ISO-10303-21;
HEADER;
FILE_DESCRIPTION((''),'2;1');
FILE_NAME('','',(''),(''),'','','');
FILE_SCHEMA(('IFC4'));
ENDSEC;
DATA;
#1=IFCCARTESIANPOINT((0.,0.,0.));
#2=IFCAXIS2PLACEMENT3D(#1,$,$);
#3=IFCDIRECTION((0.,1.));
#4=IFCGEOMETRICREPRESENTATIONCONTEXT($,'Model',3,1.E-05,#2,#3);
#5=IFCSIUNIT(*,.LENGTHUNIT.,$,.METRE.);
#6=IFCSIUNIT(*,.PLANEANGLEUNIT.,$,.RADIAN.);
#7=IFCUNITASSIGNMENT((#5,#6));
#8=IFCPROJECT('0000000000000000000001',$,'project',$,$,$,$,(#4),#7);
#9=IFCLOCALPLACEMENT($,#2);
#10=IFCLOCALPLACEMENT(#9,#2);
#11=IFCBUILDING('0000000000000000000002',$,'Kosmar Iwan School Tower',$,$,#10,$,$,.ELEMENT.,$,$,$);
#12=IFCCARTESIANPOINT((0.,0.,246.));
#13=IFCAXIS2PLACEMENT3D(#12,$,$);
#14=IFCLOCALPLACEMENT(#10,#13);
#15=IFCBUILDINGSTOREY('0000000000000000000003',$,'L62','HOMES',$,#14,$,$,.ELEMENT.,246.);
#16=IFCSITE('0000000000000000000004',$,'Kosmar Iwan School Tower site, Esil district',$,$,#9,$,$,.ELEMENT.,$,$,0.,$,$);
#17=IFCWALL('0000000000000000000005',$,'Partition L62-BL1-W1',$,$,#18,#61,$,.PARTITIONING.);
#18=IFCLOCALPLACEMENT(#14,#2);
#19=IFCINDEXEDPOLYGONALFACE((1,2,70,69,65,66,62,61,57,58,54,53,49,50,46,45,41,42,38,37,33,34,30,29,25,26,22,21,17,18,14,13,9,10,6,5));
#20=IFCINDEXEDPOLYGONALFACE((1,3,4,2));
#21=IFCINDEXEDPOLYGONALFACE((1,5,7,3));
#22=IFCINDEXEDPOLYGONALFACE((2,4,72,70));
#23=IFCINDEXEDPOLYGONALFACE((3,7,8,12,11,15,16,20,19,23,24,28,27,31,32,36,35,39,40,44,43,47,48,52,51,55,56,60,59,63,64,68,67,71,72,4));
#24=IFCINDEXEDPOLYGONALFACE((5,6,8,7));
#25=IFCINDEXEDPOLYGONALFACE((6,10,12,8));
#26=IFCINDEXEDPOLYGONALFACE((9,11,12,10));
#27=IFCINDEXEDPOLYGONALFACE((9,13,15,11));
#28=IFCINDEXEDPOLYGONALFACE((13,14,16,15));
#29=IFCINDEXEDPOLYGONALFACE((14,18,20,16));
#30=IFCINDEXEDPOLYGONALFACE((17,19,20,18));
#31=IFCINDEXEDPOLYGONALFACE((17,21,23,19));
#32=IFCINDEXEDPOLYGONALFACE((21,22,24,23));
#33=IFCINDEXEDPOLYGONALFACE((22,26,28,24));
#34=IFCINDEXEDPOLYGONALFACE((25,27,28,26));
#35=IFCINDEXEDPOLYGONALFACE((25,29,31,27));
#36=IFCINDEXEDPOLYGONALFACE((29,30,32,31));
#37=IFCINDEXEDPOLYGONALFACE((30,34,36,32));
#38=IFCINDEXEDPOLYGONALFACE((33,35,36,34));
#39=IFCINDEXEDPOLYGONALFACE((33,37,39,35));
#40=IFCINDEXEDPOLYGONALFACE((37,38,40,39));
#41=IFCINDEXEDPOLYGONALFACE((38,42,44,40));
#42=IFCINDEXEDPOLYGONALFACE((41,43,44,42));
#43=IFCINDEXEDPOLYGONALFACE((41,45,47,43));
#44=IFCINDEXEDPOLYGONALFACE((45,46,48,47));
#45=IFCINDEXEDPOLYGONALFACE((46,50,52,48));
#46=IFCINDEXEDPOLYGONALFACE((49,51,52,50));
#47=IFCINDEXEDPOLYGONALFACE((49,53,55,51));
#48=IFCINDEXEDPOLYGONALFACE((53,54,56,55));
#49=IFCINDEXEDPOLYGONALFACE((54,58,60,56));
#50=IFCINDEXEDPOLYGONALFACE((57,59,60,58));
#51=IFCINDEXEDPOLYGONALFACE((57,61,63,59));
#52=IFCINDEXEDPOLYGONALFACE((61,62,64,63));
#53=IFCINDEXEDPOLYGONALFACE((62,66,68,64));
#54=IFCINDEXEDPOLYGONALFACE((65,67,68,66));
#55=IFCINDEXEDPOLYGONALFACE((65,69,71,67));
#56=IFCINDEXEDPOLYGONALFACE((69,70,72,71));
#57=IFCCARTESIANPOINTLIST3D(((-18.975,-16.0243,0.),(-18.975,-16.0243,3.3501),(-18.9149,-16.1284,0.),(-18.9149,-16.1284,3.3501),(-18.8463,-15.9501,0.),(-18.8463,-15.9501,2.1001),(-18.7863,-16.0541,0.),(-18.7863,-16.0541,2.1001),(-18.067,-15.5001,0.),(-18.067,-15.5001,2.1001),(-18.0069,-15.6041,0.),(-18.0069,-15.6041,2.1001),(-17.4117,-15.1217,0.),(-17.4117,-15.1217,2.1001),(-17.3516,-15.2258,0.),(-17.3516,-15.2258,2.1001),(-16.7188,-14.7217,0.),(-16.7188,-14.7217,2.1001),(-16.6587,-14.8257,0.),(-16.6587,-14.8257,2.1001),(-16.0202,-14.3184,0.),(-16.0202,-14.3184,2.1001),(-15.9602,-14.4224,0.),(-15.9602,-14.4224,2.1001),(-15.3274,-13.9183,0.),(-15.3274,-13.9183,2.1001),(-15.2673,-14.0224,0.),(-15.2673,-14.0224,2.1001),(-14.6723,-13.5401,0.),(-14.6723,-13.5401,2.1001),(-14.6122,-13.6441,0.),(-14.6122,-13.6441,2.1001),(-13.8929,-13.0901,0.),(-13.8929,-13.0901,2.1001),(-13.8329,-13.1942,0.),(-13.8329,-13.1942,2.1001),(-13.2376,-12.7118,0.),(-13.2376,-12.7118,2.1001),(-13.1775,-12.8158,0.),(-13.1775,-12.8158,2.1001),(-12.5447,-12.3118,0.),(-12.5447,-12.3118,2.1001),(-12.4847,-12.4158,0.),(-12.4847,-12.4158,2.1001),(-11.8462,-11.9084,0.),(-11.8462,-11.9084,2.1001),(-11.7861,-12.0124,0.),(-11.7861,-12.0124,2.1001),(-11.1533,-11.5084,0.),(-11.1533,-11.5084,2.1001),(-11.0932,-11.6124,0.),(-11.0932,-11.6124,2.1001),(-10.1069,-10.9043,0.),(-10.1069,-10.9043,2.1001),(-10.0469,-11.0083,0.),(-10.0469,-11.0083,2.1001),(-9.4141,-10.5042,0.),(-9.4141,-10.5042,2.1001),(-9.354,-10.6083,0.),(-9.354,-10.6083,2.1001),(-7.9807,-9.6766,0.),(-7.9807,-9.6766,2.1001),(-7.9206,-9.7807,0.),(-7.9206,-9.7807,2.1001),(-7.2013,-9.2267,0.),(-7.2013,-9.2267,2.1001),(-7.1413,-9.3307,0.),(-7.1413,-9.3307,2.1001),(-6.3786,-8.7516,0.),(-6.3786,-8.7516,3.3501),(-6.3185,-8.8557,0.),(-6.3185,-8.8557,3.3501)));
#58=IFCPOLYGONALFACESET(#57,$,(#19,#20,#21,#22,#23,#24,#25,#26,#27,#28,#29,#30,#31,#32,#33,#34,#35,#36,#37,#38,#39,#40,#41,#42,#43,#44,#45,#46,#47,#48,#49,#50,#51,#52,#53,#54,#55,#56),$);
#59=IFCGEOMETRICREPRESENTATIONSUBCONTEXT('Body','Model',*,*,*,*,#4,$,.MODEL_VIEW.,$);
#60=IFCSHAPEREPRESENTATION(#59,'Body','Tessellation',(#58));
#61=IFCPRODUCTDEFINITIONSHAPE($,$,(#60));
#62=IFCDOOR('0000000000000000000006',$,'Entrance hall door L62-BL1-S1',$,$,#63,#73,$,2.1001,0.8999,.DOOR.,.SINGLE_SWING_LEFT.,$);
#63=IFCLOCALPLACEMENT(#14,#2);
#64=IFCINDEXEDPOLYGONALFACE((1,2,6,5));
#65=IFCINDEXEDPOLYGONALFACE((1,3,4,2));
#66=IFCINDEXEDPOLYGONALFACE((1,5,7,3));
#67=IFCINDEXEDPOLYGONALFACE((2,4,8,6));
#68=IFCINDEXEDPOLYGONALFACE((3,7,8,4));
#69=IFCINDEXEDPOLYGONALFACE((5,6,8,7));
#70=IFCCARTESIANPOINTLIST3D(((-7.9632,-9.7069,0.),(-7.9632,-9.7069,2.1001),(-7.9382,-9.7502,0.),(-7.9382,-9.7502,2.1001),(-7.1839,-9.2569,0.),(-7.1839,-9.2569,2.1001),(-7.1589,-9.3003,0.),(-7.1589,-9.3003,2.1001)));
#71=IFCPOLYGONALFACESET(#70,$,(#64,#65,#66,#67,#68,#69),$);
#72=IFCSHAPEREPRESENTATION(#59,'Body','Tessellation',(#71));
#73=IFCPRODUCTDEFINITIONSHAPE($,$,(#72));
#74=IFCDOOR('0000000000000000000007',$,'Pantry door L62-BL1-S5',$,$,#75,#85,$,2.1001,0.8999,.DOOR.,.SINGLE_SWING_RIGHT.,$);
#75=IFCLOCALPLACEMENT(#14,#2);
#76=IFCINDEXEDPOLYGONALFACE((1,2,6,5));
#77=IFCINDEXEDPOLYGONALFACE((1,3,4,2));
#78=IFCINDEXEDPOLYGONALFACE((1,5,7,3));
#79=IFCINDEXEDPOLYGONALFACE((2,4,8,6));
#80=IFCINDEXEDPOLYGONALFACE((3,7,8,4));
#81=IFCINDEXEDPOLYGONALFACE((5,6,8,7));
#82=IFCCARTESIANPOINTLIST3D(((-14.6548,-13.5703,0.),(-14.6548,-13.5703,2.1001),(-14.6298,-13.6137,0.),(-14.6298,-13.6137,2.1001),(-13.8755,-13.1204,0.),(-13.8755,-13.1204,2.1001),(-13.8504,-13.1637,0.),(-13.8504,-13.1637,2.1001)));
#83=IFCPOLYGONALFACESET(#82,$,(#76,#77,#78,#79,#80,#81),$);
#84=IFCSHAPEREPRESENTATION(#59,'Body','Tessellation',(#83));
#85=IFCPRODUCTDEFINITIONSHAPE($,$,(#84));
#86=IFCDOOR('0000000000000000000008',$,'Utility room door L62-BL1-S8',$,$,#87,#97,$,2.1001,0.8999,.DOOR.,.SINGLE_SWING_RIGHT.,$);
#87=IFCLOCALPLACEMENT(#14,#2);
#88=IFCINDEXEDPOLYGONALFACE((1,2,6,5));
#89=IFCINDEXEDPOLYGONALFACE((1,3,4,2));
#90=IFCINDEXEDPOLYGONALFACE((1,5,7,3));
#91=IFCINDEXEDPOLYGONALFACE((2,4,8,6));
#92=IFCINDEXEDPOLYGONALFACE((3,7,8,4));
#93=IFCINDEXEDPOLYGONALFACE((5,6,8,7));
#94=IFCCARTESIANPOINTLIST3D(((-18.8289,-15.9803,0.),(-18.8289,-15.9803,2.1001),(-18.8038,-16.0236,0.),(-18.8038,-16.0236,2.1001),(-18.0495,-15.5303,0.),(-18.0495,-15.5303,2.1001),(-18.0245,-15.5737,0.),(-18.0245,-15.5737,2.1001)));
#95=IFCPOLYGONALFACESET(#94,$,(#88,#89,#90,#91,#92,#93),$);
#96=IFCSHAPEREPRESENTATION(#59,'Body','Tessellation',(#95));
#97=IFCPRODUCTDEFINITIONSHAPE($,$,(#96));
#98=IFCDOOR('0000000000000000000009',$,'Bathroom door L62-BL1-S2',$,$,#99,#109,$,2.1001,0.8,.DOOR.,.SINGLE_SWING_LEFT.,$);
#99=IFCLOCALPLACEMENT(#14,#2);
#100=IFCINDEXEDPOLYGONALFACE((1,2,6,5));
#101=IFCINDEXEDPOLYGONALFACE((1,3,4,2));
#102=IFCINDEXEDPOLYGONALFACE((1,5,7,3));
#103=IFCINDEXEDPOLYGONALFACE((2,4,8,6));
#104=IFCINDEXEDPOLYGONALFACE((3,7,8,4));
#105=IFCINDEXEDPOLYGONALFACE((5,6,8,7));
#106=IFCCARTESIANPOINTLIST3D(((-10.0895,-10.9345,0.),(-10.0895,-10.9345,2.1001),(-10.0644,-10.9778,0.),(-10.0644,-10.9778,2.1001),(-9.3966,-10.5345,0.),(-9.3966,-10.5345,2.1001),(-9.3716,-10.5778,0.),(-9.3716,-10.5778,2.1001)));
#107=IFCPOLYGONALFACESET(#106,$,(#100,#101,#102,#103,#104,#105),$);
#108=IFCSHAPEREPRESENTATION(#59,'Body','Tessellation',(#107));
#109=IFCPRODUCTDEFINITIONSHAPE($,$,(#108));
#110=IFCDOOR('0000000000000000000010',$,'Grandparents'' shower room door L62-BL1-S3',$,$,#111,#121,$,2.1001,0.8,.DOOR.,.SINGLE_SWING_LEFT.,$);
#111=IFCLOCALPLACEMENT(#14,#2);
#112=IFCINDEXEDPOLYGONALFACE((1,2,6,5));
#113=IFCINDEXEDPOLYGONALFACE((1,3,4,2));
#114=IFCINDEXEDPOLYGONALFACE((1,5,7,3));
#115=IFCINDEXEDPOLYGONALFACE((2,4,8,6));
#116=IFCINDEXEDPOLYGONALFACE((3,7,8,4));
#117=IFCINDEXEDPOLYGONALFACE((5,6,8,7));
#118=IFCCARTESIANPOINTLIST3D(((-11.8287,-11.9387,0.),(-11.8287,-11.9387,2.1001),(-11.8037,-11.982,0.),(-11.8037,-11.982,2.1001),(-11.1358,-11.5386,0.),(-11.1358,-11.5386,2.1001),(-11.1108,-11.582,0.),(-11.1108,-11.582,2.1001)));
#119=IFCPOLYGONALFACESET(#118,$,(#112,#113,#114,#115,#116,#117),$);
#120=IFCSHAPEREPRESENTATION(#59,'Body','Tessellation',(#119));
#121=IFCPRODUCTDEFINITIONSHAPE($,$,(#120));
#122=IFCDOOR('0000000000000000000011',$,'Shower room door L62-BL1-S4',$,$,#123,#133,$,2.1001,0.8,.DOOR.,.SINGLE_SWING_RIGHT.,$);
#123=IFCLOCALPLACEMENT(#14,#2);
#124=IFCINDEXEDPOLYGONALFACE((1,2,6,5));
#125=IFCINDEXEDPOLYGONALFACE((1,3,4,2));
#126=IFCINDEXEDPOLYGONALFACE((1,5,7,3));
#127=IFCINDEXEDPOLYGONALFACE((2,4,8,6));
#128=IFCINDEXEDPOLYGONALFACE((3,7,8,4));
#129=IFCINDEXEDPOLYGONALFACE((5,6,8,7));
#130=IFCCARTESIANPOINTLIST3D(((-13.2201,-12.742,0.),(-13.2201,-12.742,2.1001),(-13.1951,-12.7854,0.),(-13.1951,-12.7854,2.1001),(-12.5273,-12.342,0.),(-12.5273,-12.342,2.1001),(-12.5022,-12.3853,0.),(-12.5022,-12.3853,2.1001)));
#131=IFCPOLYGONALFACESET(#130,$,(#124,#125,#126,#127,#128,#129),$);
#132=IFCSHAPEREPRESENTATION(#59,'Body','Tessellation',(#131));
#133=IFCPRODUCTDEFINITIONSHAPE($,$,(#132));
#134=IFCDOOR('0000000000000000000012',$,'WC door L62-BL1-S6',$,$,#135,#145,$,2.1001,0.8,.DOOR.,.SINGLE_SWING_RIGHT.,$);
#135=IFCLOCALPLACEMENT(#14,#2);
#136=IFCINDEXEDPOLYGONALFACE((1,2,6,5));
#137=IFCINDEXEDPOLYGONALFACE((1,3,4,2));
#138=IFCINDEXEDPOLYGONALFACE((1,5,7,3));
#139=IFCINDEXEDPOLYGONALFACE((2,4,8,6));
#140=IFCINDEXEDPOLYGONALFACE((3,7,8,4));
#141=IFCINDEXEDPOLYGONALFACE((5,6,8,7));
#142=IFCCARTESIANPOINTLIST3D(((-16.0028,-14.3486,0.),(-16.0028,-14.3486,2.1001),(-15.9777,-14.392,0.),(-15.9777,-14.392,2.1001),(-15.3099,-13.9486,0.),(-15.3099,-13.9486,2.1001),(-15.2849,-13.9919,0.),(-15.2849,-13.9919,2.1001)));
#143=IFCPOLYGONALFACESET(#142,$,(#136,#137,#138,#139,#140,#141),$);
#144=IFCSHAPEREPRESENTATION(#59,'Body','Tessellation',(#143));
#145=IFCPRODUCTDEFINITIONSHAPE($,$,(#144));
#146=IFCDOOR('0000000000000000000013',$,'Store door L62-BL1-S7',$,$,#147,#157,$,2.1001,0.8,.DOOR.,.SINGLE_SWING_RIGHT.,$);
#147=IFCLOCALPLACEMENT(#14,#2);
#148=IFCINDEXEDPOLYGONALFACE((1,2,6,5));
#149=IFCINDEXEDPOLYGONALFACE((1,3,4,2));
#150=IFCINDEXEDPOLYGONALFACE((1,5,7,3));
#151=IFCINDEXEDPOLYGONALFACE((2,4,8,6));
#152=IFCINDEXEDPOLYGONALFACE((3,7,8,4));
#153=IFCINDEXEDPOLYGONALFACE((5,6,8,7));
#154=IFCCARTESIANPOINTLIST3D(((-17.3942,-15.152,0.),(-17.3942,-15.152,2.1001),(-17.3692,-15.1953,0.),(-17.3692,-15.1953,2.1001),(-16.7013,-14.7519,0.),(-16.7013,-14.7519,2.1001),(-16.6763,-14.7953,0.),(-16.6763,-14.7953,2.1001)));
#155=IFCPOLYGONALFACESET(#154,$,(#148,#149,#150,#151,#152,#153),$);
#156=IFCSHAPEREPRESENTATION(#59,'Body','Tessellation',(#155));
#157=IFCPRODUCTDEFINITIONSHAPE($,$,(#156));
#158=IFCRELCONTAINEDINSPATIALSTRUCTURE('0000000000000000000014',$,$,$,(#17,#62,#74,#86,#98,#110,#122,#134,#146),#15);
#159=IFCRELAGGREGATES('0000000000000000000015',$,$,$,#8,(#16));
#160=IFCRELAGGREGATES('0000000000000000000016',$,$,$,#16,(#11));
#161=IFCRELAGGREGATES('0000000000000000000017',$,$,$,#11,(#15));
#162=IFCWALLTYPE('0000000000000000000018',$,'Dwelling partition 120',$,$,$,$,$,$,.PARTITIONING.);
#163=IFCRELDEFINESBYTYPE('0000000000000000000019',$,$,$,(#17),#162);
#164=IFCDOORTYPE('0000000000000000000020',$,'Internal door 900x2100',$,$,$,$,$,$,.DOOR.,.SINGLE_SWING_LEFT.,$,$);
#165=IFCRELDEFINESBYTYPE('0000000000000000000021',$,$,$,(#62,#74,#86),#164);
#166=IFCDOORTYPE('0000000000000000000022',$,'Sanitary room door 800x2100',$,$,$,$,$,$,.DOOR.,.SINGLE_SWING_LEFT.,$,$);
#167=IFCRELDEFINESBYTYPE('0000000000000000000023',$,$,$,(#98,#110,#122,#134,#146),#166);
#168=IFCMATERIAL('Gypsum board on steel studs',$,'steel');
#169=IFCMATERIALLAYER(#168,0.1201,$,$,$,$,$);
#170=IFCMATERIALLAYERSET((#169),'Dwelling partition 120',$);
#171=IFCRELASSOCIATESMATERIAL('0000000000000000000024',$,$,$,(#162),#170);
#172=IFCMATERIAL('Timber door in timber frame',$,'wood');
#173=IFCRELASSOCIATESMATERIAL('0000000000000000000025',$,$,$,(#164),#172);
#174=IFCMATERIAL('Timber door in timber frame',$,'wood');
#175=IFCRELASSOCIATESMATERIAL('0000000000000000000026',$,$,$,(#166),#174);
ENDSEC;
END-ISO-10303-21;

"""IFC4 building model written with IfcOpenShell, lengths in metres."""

from ifc_helpers import new_model, si_unit, direction, frame, frame_2d, origin, place, context, subcontext, project, spatial, rectangle, extrude, material, layer, layer_set, type_object, element, fill, save


model = new_model("IFC4")

# Units and contexts
model_context = context("Model", 3, precision=1e-05, world=origin(), true_north=direction((0.0, 1.0)))
body_context = subcontext(model_context, "Body", "Model", "MODEL_VIEW")
ifc_project = project(units=[si_unit("LENGTHUNIT", "METRE"), si_unit("PLANEANGLEUNIT", "RADIAN")], contexts=[model_context])

# Site, building, storey
site_placement = place(None, origin())
site = spatial("IfcSite", under=ifc_project, at=site_placement, Name="Kosmar Iwan School Tower site, Esil district", CompositionType="ELEMENT", RefElevation=0.0)
building_placement = place(site_placement, origin())
building = spatial("IfcBuilding", under=site, at=building_placement, Name="Kosmar Iwan School Tower", CompositionType="ELEMENT")
storey_placement = place(building_placement, frame((0.0, 0.0, 246.0)))
storey = spatial("IfcBuildingStorey", under=building, at=storey_placement, Name="L62", Description="HOMES", CompositionType="ELEMENT", Elevation=246.0)

# Wall, openings, doors
ifc_material_1 = material(Name="Gypsum board on steel studs", Category="steel")
ifc_layer_1 = layer(ifc_material_1, 0.1201)
ifc_layer_set_1 = layer_set([ifc_layer_1], Name="Dwelling partition 120")
wall_type_1 = type_object("IfcWallType", Name="Dwelling partition 120", PredefinedType="PARTITIONING", material=ifc_layer_set_1)
wall_1_placement = place(storey_placement, frame((-6.3486, -8.8037, 0.0), z_axis=(0.0, 0.0, 1.0), x_axis=(-0.866021, -0.500008, 0.0)))
wall_1 = element("IfcWall", 1, at=wall_1_placement, inside=storey, type_object=wall_type_1, Name="Partition L62-BL1-W1", PredefinedType="PARTITIONING", context=body_context, shape_type="SweptSolid", body=[
    extrude(rectangle(XDim=14.5452, YDim=0.1201, at=frame_2d((7.2725, 0.0))), origin(), (0.0, 0.0, 1.0), 3.3501),
])
opening_1_placement = place(wall_1_placement, frame((0.95, 0.0, 0.0)))
opening_1 = element("IfcOpeningElement", 2, at=opening_1_placement, cuts=wall_1, PredefinedType="OPENING", context=body_context, shape_type="SweptSolid", body=[
    extrude(rectangle(XDim=0.8999, YDim=2.1001, at=frame_2d((0.45, 1.05))), frame((0.0, 0.072, 0.0), z_axis=(0.0, -1.0, 0.0), x_axis=(1.0, 0.0, 0.0)), (0.0, 0.0, 1.0), 0.144),
])
opening_2_placement = place(wall_1_placement, frame((3.5051, 0.0, 0.0)))
opening_2 = element("IfcOpeningElement", 3, at=opening_2_placement, cuts=wall_1, PredefinedType="OPENING", context=body_context, shape_type="SweptSolid", body=[
    extrude(rectangle(XDim=0.8, YDim=2.1001, at=frame_2d((0.3999, 1.05))), frame((0.0, 0.072, 0.0), z_axis=(0.0, -1.0, 0.0), x_axis=(1.0, 0.0, 0.0)), (0.0, 0.0, 1.0), 0.144),
])
opening_3_placement = place(wall_1_placement, frame((5.5134, 0.0, 0.0)))
opening_3 = element("IfcOpeningElement", 4, at=opening_3_placement, cuts=wall_1, PredefinedType="OPENING", context=body_context, shape_type="SweptSolid", body=[
    extrude(rectangle(XDim=0.8, YDim=2.1001, at=frame_2d((0.3999, 1.05))), frame((0.0, 0.072, 0.0), z_axis=(0.0, -1.0, 0.0), x_axis=(1.0, 0.0, 0.0)), (0.0, 0.0, 1.0), 0.144),
])
opening_4_placement = place(wall_1_placement, frame((7.1201, 0.0, 0.0)))
opening_4 = element("IfcOpeningElement", 5, at=opening_4_placement, cuts=wall_1, PredefinedType="OPENING", context=body_context, shape_type="SweptSolid", body=[
    extrude(rectangle(XDim=0.8, YDim=2.1001, at=frame_2d((0.3999, 1.05))), frame((0.0, 0.072, 0.0), z_axis=(0.0, -1.0, 0.0), x_axis=(1.0, 0.0, 0.0)), (0.0, 0.0, 1.0), 0.144),
])
opening_5_placement = place(wall_1_placement, frame((8.6768, 0.0, 0.0)))
opening_5 = element("IfcOpeningElement", 6, at=opening_5_placement, cuts=wall_1, PredefinedType="OPENING", context=body_context, shape_type="SweptSolid", body=[
    extrude(rectangle(XDim=0.8999, YDim=2.1001, at=frame_2d((0.45, 1.05))), frame((0.0, 0.072, 0.0), z_axis=(0.0, -1.0, 0.0), x_axis=(1.0, 0.0, 0.0)), (0.0, 0.0, 1.0), 0.144),
])
opening_6_placement = place(wall_1_placement, frame((10.3333, 0.0, 0.0)))
opening_6 = element("IfcOpeningElement", 7, at=opening_6_placement, cuts=wall_1, PredefinedType="OPENING", context=body_context, shape_type="SweptSolid", body=[
    extrude(rectangle(XDim=0.8, YDim=2.1001, at=frame_2d((0.3999, 1.05))), frame((0.0, 0.072, 0.0), z_axis=(0.0, -1.0, 0.0), x_axis=(1.0, 0.0, 0.0)), (0.0, 0.0, 1.0), 0.144),
])
opening_7_placement = place(wall_1_placement, frame((11.9399, 0.0, 0.0)))
opening_7 = element("IfcOpeningElement", 8, at=opening_7_placement, cuts=wall_1, PredefinedType="OPENING", context=body_context, shape_type="SweptSolid", body=[
    extrude(rectangle(XDim=0.8, YDim=2.1001, at=frame_2d((0.3999, 1.05))), frame((0.0, 0.072, 0.0), z_axis=(0.0, -1.0, 0.0), x_axis=(1.0, 0.0, 0.0)), (0.0, 0.0, 1.0), 0.144),
])
opening_8_placement = place(wall_1_placement, frame((13.4966, 0.0, 0.0)))
opening_8 = element("IfcOpeningElement", 9, at=opening_8_placement, cuts=wall_1, PredefinedType="OPENING", context=body_context, shape_type="SweptSolid", body=[
    extrude(rectangle(XDim=0.8999, YDim=2.1001, at=frame_2d((0.45, 1.05))), frame((0.0, 0.072, 0.0), z_axis=(0.0, -1.0, 0.0), x_axis=(1.0, 0.0, 0.0)), (0.0, 0.0, 1.0), 0.144),
])
ifc_material_2 = material(Name="Timber door in timber frame", Category="wood")
door_type_1 = type_object("IfcDoorType", Name="Internal door 900x2100", OperationType="SINGLE_SWING_LEFT", PredefinedType="DOOR", material=ifc_material_2)
door_1_placement = place(opening_1_placement, origin())
door_1 = element("IfcDoor", 10, at=door_1_placement, inside=storey, type_object=door_type_1, Name="Entrance hall door L62-BL1-S1", OperationType="SINGLE_SWING_LEFT", OverallHeight=2.1001, OverallWidth=0.8999, PredefinedType="DOOR", context=body_context, shape_type="SweptSolid", body=[
    extrude(rectangle(XDim=0.8999, YDim=2.1001, at=frame_2d((0.45, 1.05))), frame((0.0, 0.0249, 0.0), z_axis=(0.0, -1.0, 0.0), x_axis=(1.0, 0.0, 0.0)), (0.0, 0.0, 1.0), 0.05),
])
fill(opening_1, door_1)
door_2_placement = place(opening_5_placement, origin())
door_2 = element("IfcDoor", 11, at=door_2_placement, inside=storey, type_object=door_type_1, Name="Pantry door L62-BL1-S5", OperationType="SINGLE_SWING_RIGHT", OverallHeight=2.1001, OverallWidth=0.8999, PredefinedType="DOOR", context=body_context, shape_type="SweptSolid", body=[
    extrude(rectangle(XDim=0.8999, YDim=2.1001, at=frame_2d((0.45, 1.05))), frame((0.0, 0.0249, 0.0), z_axis=(0.0, -1.0, 0.0), x_axis=(1.0, 0.0, 0.0)), (0.0, 0.0, 1.0), 0.05),
])
fill(opening_5, door_2)
door_3_placement = place(opening_8_placement, origin())
door_3 = element("IfcDoor", 12, at=door_3_placement, inside=storey, type_object=door_type_1, Name="Utility room door L62-BL1-S8", OperationType="SINGLE_SWING_RIGHT", OverallHeight=2.1001, OverallWidth=0.8999, PredefinedType="DOOR", context=body_context, shape_type="SweptSolid", body=[
    extrude(rectangle(XDim=0.8999, YDim=2.1001, at=frame_2d((0.45, 1.05))), frame((0.0, 0.0249, 0.0), z_axis=(0.0, -1.0, 0.0), x_axis=(1.0, 0.0, 0.0)), (0.0, 0.0, 1.0), 0.05),
])
fill(opening_8, door_3)
ifc_material_3 = material(Name="Timber door in timber frame", Category="wood")
door_type_2 = type_object("IfcDoorType", Name="Sanitary room door 800x2100", OperationType="SINGLE_SWING_LEFT", PredefinedType="DOOR", material=ifc_material_3)
door_4_placement = place(opening_2_placement, origin())
door_4 = element("IfcDoor", 13, at=door_4_placement, inside=storey, type_object=door_type_2, Name="Bathroom door L62-BL1-S2", OperationType="SINGLE_SWING_LEFT", OverallHeight=2.1001, OverallWidth=0.8, PredefinedType="DOOR", context=body_context, shape_type="SweptSolid", body=[
    extrude(rectangle(XDim=0.8, YDim=2.1001, at=frame_2d((0.3999, 1.05))), frame((0.0, 0.0249, 0.0), z_axis=(0.0, -1.0, 0.0), x_axis=(1.0, 0.0, 0.0)), (0.0, 0.0, 1.0), 0.05),
])
fill(opening_2, door_4)
door_5_placement = place(opening_3_placement, origin())
door_5 = element("IfcDoor", 14, at=door_5_placement, inside=storey, type_object=door_type_2, Name="Grandparents' shower room door L62-BL1-S3", OperationType="SINGLE_SWING_LEFT", OverallHeight=2.1001, OverallWidth=0.8, PredefinedType="DOOR", context=body_context, shape_type="SweptSolid", body=[
    extrude(rectangle(XDim=0.8, YDim=2.1001, at=frame_2d((0.3999, 1.05))), frame((0.0, 0.0249, 0.0), z_axis=(0.0, -1.0, 0.0), x_axis=(1.0, 0.0, 0.0)), (0.0, 0.0, 1.0), 0.05),
])
fill(opening_3, door_5)
door_6_placement = place(opening_4_placement, origin())
door_6 = element("IfcDoor", 15, at=door_6_placement, inside=storey, type_object=door_type_2, Name="Shower room door L62-BL1-S4", OperationType="SINGLE_SWING_RIGHT", OverallHeight=2.1001, OverallWidth=0.8, PredefinedType="DOOR", context=body_context, shape_type="SweptSolid", body=[
    extrude(rectangle(XDim=0.8, YDim=2.1001, at=frame_2d((0.3999, 1.05))), frame((0.0, 0.0249, 0.0), z_axis=(0.0, -1.0, 0.0), x_axis=(1.0, 0.0, 0.0)), (0.0, 0.0, 1.0), 0.05),
])
fill(opening_4, door_6)
door_7_placement = place(opening_6_placement, origin())
door_7 = element("IfcDoor", 16, at=door_7_placement, inside=storey, type_object=door_type_2, Name="WC door L62-BL1-S6", OperationType="SINGLE_SWING_RIGHT", OverallHeight=2.1001, OverallWidth=0.8, PredefinedType="DOOR", context=body_context, shape_type="SweptSolid", body=[
    extrude(rectangle(XDim=0.8, YDim=2.1001, at=frame_2d((0.3999, 1.05))), frame((0.0, 0.0249, 0.0), z_axis=(0.0, -1.0, 0.0), x_axis=(1.0, 0.0, 0.0)), (0.0, 0.0, 1.0), 0.05),
])
fill(opening_6, door_7)
door_8_placement = place(opening_7_placement, origin())
door_8 = element("IfcDoor", 17, at=door_8_placement, inside=storey, type_object=door_type_2, Name="Store door L62-BL1-S7", OperationType="SINGLE_SWING_RIGHT", OverallHeight=2.1001, OverallWidth=0.8, PredefinedType="DOOR", context=body_context, shape_type="SweptSolid", body=[
    extrude(rectangle(XDim=0.8, YDim=2.1001, at=frame_2d((0.3999, 1.05))), frame((0.0, 0.0249, 0.0), z_axis=(0.0, -1.0, 0.0), x_axis=(1.0, 0.0, 0.0)), (0.0, 0.0, 1.0), 0.05),
])
fill(opening_7, door_8)

save(model, "model.ifc")
